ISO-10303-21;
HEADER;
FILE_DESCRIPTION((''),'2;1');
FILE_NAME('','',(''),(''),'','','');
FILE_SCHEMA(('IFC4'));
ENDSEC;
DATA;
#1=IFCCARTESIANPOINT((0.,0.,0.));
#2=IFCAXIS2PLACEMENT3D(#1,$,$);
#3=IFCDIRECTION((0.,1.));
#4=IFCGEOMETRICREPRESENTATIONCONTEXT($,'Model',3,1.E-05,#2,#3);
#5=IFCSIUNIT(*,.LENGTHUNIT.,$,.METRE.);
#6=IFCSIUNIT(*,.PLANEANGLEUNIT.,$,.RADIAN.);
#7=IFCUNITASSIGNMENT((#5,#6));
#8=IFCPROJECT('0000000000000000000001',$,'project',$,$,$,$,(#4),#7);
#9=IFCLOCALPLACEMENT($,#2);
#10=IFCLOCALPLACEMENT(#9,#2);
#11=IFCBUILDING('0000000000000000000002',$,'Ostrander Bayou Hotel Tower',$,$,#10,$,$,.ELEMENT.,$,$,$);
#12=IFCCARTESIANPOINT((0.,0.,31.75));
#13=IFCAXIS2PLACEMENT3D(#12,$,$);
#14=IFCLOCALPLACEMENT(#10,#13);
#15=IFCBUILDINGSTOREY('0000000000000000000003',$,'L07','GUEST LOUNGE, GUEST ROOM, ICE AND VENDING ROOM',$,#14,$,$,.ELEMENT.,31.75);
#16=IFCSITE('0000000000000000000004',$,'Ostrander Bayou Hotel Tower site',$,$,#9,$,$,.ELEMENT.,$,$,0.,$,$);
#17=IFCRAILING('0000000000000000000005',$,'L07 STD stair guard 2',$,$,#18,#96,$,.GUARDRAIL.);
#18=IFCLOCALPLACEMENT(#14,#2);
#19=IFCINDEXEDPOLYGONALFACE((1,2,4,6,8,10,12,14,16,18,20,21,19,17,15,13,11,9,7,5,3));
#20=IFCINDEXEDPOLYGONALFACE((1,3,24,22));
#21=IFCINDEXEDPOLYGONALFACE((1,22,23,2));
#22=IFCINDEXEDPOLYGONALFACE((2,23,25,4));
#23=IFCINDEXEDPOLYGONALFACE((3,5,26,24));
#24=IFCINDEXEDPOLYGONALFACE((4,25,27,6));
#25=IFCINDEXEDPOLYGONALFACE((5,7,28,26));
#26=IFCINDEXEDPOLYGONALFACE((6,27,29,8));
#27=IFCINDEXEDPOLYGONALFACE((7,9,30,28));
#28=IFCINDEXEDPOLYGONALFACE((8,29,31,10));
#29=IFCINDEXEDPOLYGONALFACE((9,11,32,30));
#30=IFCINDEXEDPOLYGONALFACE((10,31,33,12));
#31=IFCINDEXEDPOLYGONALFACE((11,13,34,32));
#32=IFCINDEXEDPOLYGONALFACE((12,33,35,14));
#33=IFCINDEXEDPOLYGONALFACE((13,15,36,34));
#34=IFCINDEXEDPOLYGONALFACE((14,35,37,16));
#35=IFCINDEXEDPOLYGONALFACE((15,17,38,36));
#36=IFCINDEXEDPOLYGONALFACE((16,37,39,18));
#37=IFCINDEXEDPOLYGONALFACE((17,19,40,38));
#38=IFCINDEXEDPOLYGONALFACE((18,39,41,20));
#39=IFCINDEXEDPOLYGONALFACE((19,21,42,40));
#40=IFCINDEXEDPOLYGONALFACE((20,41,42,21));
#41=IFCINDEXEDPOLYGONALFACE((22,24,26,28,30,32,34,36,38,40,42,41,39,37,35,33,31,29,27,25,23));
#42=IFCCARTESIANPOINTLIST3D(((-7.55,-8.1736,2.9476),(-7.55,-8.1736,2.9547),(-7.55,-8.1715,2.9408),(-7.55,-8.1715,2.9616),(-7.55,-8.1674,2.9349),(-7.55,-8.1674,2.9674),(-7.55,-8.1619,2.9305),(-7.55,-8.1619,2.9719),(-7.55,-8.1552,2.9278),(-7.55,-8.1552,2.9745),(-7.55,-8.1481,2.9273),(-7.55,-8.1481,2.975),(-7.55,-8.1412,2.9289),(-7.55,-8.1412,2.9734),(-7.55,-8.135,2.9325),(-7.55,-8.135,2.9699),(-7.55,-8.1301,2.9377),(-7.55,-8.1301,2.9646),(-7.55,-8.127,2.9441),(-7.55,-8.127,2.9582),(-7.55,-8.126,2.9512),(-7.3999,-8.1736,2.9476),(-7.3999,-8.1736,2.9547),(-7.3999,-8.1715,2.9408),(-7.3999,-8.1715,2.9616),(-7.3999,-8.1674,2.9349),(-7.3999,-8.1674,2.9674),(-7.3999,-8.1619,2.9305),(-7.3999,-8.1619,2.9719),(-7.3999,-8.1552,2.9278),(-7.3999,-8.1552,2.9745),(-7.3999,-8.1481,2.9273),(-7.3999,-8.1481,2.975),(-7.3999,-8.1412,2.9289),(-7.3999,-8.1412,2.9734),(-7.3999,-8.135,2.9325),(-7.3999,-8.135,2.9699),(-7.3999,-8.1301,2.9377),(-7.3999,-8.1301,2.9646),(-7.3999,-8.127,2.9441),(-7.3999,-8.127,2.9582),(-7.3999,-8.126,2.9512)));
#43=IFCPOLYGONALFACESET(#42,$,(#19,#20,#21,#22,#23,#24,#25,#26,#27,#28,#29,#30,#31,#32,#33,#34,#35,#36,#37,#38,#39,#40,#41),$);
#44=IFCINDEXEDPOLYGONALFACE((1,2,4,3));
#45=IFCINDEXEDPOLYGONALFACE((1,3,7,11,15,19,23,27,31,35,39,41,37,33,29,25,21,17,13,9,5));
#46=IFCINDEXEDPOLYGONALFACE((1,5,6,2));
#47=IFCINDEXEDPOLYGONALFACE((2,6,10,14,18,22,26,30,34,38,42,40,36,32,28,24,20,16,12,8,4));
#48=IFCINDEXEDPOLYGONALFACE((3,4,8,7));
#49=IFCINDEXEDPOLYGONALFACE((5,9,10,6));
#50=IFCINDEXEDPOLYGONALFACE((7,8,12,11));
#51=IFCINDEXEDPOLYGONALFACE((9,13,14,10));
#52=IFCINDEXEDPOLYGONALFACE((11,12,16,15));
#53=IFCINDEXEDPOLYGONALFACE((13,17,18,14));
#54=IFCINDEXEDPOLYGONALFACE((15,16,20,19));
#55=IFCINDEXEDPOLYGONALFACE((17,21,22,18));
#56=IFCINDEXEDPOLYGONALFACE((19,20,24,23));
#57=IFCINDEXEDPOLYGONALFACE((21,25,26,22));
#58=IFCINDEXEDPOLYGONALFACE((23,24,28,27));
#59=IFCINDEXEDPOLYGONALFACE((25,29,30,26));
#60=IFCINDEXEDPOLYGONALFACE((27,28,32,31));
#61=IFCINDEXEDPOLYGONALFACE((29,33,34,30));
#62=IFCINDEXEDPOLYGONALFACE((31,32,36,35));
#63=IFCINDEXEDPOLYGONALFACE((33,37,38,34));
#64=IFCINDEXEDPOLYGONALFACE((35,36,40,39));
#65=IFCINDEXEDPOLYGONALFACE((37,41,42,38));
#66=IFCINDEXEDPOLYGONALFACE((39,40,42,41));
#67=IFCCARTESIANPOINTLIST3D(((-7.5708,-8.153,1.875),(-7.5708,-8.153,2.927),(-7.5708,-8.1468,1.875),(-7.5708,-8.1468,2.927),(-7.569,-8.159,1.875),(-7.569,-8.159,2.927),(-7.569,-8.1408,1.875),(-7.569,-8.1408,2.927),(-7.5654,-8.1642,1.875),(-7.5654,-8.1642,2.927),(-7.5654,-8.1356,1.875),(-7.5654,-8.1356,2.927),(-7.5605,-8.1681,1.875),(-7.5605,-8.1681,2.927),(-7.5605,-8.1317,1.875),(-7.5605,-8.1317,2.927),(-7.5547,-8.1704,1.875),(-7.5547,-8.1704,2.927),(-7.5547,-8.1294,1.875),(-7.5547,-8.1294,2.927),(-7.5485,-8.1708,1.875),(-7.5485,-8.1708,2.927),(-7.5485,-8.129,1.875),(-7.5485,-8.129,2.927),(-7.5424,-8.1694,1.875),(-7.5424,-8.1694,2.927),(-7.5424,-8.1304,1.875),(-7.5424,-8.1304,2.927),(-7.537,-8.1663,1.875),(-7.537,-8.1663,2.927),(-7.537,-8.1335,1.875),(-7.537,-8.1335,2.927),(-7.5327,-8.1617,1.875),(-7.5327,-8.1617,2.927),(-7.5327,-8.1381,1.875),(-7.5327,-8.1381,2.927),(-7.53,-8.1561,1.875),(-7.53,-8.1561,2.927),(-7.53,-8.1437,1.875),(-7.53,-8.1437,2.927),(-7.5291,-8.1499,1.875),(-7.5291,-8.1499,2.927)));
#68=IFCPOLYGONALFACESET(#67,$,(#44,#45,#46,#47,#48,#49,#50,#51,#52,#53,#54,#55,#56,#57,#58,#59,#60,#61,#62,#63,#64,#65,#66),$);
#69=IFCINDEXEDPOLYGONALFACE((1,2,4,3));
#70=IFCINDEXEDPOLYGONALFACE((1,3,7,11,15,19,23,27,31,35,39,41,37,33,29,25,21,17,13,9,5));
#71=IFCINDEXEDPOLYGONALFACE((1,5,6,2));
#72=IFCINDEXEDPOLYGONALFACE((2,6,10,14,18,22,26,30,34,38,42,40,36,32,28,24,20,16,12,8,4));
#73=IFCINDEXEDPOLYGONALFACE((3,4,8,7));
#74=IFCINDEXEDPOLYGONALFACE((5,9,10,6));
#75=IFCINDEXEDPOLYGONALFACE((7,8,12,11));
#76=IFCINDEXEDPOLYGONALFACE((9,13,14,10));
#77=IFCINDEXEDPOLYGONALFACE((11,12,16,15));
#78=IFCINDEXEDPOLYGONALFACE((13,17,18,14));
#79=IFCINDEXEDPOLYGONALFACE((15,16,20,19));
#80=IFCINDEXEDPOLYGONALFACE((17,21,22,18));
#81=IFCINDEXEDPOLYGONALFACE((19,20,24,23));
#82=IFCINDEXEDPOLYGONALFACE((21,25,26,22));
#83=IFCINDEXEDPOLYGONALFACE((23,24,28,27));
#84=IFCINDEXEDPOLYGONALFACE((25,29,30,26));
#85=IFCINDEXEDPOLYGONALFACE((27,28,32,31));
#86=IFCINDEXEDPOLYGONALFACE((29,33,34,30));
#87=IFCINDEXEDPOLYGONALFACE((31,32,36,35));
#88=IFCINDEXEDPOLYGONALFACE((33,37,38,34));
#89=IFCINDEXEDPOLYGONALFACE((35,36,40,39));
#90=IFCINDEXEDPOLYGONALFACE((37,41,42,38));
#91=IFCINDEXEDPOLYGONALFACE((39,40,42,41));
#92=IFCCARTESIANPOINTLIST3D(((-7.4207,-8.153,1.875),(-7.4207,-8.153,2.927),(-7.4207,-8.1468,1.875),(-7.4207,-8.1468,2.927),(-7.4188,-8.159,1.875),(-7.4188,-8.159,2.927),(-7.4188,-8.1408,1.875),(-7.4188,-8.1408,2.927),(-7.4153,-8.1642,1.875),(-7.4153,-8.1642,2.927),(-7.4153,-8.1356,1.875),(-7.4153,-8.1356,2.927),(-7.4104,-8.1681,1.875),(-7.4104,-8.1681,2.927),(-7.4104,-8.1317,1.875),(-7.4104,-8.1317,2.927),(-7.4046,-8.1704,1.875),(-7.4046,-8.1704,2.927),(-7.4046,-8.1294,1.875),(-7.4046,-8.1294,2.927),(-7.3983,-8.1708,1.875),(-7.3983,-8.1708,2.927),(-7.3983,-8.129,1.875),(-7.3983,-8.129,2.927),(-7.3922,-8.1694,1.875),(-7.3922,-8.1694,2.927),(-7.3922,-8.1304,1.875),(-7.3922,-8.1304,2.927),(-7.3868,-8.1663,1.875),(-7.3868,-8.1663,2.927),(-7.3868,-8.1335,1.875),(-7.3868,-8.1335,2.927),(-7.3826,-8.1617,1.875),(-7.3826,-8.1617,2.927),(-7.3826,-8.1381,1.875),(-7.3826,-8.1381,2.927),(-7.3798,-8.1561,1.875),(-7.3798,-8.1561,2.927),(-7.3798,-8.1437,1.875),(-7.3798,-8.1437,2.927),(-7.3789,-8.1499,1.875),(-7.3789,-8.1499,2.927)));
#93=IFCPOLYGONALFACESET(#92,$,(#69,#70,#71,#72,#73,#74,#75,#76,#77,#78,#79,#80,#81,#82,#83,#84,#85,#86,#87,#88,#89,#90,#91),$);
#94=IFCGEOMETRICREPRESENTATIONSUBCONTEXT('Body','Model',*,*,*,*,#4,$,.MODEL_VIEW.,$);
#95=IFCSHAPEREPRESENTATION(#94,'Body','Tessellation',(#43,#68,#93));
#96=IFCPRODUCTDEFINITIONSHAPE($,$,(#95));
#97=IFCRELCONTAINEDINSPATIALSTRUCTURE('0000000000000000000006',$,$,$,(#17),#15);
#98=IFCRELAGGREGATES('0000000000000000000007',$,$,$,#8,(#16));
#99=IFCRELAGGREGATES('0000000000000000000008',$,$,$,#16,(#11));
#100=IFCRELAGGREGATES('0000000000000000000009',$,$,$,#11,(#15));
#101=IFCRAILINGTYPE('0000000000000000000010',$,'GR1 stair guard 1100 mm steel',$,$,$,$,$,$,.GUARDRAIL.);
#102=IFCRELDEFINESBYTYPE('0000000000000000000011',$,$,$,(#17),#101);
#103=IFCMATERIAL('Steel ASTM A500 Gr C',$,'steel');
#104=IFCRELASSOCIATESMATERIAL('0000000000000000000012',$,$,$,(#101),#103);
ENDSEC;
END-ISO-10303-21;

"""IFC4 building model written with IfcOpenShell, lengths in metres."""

from ifc_helpers import new_model, si_unit, direction, frame, origin, origin_2d, place, context, subcontext, project, spatial, circle, extrude, material, type_object, element, save


model = new_model("IFC4")

# Units and contexts
model_context = context("Model", 3, precision=1e-05, world=origin(), true_north=direction((0.0, 1.0)))
body_context = subcontext(model_context, "Body", "Model", "MODEL_VIEW")
ifc_project = project(units=[si_unit("LENGTHUNIT", "METRE"), si_unit("PLANEANGLEUNIT", "RADIAN")], contexts=[model_context])

# Site, building, storey
site_placement = place(None, origin())
site = spatial("IfcSite", under=ifc_project, at=site_placement, Name="Ostrander Bayou Hotel Tower site", CompositionType="ELEMENT", RefElevation=0.0)
building_placement = place(site_placement, origin())
building = spatial("IfcBuilding", under=site, at=building_placement, Name="Ostrander Bayou Hotel Tower", CompositionType="ELEMENT")
storey_placement = place(building_placement, frame((0.0, 0.0, 31.75)))
storey = spatial("IfcBuildingStorey", under=building, at=storey_placement, Name="L07", Description="GUEST LOUNGE, GUEST ROOM, ICE AND VENDING ROOM", CompositionType="ELEMENT", Elevation=31.75)

# Railing
ifc_material_1 = material(Name="Steel ASTM A500 Gr C", Category="steel")
railing_type_1 = type_object("IfcRailingType", Name="GR1 stair guard 1100 mm steel", PredefinedType="GUARDRAIL", material=ifc_material_1)
railing_1_placement = place(storey_placement, frame((-7.55, -8.1499, 1.875)))
element("IfcRailing", 1, at=railing_1_placement, inside=storey, type_object=railing_type_1, Name="L07 STD stair guard 2", PredefinedType="GUARDRAIL", context=body_context, shape_type="SweptSolid", body=[
    extrude(circle(Radius=0.0239, at=origin_2d()), frame((0.0, 0.0, 1.0762), z_axis=(1.0, 0.0, 0.0), x_axis=(0.0, 1.0, 0.0)), (0.0, 0.0, 1.0), 0.1501),
    extrude(circle(Radius=0.021, at=origin_2d()), origin(), (0.0, 0.0, 1.0), 1.052),
    extrude(circle(Radius=0.021, at=origin_2d()), frame((0.1501, 0.0, 0.0)), (0.0, 0.0, 1.0), 1.052),
])

save(model, "model.ifc")
